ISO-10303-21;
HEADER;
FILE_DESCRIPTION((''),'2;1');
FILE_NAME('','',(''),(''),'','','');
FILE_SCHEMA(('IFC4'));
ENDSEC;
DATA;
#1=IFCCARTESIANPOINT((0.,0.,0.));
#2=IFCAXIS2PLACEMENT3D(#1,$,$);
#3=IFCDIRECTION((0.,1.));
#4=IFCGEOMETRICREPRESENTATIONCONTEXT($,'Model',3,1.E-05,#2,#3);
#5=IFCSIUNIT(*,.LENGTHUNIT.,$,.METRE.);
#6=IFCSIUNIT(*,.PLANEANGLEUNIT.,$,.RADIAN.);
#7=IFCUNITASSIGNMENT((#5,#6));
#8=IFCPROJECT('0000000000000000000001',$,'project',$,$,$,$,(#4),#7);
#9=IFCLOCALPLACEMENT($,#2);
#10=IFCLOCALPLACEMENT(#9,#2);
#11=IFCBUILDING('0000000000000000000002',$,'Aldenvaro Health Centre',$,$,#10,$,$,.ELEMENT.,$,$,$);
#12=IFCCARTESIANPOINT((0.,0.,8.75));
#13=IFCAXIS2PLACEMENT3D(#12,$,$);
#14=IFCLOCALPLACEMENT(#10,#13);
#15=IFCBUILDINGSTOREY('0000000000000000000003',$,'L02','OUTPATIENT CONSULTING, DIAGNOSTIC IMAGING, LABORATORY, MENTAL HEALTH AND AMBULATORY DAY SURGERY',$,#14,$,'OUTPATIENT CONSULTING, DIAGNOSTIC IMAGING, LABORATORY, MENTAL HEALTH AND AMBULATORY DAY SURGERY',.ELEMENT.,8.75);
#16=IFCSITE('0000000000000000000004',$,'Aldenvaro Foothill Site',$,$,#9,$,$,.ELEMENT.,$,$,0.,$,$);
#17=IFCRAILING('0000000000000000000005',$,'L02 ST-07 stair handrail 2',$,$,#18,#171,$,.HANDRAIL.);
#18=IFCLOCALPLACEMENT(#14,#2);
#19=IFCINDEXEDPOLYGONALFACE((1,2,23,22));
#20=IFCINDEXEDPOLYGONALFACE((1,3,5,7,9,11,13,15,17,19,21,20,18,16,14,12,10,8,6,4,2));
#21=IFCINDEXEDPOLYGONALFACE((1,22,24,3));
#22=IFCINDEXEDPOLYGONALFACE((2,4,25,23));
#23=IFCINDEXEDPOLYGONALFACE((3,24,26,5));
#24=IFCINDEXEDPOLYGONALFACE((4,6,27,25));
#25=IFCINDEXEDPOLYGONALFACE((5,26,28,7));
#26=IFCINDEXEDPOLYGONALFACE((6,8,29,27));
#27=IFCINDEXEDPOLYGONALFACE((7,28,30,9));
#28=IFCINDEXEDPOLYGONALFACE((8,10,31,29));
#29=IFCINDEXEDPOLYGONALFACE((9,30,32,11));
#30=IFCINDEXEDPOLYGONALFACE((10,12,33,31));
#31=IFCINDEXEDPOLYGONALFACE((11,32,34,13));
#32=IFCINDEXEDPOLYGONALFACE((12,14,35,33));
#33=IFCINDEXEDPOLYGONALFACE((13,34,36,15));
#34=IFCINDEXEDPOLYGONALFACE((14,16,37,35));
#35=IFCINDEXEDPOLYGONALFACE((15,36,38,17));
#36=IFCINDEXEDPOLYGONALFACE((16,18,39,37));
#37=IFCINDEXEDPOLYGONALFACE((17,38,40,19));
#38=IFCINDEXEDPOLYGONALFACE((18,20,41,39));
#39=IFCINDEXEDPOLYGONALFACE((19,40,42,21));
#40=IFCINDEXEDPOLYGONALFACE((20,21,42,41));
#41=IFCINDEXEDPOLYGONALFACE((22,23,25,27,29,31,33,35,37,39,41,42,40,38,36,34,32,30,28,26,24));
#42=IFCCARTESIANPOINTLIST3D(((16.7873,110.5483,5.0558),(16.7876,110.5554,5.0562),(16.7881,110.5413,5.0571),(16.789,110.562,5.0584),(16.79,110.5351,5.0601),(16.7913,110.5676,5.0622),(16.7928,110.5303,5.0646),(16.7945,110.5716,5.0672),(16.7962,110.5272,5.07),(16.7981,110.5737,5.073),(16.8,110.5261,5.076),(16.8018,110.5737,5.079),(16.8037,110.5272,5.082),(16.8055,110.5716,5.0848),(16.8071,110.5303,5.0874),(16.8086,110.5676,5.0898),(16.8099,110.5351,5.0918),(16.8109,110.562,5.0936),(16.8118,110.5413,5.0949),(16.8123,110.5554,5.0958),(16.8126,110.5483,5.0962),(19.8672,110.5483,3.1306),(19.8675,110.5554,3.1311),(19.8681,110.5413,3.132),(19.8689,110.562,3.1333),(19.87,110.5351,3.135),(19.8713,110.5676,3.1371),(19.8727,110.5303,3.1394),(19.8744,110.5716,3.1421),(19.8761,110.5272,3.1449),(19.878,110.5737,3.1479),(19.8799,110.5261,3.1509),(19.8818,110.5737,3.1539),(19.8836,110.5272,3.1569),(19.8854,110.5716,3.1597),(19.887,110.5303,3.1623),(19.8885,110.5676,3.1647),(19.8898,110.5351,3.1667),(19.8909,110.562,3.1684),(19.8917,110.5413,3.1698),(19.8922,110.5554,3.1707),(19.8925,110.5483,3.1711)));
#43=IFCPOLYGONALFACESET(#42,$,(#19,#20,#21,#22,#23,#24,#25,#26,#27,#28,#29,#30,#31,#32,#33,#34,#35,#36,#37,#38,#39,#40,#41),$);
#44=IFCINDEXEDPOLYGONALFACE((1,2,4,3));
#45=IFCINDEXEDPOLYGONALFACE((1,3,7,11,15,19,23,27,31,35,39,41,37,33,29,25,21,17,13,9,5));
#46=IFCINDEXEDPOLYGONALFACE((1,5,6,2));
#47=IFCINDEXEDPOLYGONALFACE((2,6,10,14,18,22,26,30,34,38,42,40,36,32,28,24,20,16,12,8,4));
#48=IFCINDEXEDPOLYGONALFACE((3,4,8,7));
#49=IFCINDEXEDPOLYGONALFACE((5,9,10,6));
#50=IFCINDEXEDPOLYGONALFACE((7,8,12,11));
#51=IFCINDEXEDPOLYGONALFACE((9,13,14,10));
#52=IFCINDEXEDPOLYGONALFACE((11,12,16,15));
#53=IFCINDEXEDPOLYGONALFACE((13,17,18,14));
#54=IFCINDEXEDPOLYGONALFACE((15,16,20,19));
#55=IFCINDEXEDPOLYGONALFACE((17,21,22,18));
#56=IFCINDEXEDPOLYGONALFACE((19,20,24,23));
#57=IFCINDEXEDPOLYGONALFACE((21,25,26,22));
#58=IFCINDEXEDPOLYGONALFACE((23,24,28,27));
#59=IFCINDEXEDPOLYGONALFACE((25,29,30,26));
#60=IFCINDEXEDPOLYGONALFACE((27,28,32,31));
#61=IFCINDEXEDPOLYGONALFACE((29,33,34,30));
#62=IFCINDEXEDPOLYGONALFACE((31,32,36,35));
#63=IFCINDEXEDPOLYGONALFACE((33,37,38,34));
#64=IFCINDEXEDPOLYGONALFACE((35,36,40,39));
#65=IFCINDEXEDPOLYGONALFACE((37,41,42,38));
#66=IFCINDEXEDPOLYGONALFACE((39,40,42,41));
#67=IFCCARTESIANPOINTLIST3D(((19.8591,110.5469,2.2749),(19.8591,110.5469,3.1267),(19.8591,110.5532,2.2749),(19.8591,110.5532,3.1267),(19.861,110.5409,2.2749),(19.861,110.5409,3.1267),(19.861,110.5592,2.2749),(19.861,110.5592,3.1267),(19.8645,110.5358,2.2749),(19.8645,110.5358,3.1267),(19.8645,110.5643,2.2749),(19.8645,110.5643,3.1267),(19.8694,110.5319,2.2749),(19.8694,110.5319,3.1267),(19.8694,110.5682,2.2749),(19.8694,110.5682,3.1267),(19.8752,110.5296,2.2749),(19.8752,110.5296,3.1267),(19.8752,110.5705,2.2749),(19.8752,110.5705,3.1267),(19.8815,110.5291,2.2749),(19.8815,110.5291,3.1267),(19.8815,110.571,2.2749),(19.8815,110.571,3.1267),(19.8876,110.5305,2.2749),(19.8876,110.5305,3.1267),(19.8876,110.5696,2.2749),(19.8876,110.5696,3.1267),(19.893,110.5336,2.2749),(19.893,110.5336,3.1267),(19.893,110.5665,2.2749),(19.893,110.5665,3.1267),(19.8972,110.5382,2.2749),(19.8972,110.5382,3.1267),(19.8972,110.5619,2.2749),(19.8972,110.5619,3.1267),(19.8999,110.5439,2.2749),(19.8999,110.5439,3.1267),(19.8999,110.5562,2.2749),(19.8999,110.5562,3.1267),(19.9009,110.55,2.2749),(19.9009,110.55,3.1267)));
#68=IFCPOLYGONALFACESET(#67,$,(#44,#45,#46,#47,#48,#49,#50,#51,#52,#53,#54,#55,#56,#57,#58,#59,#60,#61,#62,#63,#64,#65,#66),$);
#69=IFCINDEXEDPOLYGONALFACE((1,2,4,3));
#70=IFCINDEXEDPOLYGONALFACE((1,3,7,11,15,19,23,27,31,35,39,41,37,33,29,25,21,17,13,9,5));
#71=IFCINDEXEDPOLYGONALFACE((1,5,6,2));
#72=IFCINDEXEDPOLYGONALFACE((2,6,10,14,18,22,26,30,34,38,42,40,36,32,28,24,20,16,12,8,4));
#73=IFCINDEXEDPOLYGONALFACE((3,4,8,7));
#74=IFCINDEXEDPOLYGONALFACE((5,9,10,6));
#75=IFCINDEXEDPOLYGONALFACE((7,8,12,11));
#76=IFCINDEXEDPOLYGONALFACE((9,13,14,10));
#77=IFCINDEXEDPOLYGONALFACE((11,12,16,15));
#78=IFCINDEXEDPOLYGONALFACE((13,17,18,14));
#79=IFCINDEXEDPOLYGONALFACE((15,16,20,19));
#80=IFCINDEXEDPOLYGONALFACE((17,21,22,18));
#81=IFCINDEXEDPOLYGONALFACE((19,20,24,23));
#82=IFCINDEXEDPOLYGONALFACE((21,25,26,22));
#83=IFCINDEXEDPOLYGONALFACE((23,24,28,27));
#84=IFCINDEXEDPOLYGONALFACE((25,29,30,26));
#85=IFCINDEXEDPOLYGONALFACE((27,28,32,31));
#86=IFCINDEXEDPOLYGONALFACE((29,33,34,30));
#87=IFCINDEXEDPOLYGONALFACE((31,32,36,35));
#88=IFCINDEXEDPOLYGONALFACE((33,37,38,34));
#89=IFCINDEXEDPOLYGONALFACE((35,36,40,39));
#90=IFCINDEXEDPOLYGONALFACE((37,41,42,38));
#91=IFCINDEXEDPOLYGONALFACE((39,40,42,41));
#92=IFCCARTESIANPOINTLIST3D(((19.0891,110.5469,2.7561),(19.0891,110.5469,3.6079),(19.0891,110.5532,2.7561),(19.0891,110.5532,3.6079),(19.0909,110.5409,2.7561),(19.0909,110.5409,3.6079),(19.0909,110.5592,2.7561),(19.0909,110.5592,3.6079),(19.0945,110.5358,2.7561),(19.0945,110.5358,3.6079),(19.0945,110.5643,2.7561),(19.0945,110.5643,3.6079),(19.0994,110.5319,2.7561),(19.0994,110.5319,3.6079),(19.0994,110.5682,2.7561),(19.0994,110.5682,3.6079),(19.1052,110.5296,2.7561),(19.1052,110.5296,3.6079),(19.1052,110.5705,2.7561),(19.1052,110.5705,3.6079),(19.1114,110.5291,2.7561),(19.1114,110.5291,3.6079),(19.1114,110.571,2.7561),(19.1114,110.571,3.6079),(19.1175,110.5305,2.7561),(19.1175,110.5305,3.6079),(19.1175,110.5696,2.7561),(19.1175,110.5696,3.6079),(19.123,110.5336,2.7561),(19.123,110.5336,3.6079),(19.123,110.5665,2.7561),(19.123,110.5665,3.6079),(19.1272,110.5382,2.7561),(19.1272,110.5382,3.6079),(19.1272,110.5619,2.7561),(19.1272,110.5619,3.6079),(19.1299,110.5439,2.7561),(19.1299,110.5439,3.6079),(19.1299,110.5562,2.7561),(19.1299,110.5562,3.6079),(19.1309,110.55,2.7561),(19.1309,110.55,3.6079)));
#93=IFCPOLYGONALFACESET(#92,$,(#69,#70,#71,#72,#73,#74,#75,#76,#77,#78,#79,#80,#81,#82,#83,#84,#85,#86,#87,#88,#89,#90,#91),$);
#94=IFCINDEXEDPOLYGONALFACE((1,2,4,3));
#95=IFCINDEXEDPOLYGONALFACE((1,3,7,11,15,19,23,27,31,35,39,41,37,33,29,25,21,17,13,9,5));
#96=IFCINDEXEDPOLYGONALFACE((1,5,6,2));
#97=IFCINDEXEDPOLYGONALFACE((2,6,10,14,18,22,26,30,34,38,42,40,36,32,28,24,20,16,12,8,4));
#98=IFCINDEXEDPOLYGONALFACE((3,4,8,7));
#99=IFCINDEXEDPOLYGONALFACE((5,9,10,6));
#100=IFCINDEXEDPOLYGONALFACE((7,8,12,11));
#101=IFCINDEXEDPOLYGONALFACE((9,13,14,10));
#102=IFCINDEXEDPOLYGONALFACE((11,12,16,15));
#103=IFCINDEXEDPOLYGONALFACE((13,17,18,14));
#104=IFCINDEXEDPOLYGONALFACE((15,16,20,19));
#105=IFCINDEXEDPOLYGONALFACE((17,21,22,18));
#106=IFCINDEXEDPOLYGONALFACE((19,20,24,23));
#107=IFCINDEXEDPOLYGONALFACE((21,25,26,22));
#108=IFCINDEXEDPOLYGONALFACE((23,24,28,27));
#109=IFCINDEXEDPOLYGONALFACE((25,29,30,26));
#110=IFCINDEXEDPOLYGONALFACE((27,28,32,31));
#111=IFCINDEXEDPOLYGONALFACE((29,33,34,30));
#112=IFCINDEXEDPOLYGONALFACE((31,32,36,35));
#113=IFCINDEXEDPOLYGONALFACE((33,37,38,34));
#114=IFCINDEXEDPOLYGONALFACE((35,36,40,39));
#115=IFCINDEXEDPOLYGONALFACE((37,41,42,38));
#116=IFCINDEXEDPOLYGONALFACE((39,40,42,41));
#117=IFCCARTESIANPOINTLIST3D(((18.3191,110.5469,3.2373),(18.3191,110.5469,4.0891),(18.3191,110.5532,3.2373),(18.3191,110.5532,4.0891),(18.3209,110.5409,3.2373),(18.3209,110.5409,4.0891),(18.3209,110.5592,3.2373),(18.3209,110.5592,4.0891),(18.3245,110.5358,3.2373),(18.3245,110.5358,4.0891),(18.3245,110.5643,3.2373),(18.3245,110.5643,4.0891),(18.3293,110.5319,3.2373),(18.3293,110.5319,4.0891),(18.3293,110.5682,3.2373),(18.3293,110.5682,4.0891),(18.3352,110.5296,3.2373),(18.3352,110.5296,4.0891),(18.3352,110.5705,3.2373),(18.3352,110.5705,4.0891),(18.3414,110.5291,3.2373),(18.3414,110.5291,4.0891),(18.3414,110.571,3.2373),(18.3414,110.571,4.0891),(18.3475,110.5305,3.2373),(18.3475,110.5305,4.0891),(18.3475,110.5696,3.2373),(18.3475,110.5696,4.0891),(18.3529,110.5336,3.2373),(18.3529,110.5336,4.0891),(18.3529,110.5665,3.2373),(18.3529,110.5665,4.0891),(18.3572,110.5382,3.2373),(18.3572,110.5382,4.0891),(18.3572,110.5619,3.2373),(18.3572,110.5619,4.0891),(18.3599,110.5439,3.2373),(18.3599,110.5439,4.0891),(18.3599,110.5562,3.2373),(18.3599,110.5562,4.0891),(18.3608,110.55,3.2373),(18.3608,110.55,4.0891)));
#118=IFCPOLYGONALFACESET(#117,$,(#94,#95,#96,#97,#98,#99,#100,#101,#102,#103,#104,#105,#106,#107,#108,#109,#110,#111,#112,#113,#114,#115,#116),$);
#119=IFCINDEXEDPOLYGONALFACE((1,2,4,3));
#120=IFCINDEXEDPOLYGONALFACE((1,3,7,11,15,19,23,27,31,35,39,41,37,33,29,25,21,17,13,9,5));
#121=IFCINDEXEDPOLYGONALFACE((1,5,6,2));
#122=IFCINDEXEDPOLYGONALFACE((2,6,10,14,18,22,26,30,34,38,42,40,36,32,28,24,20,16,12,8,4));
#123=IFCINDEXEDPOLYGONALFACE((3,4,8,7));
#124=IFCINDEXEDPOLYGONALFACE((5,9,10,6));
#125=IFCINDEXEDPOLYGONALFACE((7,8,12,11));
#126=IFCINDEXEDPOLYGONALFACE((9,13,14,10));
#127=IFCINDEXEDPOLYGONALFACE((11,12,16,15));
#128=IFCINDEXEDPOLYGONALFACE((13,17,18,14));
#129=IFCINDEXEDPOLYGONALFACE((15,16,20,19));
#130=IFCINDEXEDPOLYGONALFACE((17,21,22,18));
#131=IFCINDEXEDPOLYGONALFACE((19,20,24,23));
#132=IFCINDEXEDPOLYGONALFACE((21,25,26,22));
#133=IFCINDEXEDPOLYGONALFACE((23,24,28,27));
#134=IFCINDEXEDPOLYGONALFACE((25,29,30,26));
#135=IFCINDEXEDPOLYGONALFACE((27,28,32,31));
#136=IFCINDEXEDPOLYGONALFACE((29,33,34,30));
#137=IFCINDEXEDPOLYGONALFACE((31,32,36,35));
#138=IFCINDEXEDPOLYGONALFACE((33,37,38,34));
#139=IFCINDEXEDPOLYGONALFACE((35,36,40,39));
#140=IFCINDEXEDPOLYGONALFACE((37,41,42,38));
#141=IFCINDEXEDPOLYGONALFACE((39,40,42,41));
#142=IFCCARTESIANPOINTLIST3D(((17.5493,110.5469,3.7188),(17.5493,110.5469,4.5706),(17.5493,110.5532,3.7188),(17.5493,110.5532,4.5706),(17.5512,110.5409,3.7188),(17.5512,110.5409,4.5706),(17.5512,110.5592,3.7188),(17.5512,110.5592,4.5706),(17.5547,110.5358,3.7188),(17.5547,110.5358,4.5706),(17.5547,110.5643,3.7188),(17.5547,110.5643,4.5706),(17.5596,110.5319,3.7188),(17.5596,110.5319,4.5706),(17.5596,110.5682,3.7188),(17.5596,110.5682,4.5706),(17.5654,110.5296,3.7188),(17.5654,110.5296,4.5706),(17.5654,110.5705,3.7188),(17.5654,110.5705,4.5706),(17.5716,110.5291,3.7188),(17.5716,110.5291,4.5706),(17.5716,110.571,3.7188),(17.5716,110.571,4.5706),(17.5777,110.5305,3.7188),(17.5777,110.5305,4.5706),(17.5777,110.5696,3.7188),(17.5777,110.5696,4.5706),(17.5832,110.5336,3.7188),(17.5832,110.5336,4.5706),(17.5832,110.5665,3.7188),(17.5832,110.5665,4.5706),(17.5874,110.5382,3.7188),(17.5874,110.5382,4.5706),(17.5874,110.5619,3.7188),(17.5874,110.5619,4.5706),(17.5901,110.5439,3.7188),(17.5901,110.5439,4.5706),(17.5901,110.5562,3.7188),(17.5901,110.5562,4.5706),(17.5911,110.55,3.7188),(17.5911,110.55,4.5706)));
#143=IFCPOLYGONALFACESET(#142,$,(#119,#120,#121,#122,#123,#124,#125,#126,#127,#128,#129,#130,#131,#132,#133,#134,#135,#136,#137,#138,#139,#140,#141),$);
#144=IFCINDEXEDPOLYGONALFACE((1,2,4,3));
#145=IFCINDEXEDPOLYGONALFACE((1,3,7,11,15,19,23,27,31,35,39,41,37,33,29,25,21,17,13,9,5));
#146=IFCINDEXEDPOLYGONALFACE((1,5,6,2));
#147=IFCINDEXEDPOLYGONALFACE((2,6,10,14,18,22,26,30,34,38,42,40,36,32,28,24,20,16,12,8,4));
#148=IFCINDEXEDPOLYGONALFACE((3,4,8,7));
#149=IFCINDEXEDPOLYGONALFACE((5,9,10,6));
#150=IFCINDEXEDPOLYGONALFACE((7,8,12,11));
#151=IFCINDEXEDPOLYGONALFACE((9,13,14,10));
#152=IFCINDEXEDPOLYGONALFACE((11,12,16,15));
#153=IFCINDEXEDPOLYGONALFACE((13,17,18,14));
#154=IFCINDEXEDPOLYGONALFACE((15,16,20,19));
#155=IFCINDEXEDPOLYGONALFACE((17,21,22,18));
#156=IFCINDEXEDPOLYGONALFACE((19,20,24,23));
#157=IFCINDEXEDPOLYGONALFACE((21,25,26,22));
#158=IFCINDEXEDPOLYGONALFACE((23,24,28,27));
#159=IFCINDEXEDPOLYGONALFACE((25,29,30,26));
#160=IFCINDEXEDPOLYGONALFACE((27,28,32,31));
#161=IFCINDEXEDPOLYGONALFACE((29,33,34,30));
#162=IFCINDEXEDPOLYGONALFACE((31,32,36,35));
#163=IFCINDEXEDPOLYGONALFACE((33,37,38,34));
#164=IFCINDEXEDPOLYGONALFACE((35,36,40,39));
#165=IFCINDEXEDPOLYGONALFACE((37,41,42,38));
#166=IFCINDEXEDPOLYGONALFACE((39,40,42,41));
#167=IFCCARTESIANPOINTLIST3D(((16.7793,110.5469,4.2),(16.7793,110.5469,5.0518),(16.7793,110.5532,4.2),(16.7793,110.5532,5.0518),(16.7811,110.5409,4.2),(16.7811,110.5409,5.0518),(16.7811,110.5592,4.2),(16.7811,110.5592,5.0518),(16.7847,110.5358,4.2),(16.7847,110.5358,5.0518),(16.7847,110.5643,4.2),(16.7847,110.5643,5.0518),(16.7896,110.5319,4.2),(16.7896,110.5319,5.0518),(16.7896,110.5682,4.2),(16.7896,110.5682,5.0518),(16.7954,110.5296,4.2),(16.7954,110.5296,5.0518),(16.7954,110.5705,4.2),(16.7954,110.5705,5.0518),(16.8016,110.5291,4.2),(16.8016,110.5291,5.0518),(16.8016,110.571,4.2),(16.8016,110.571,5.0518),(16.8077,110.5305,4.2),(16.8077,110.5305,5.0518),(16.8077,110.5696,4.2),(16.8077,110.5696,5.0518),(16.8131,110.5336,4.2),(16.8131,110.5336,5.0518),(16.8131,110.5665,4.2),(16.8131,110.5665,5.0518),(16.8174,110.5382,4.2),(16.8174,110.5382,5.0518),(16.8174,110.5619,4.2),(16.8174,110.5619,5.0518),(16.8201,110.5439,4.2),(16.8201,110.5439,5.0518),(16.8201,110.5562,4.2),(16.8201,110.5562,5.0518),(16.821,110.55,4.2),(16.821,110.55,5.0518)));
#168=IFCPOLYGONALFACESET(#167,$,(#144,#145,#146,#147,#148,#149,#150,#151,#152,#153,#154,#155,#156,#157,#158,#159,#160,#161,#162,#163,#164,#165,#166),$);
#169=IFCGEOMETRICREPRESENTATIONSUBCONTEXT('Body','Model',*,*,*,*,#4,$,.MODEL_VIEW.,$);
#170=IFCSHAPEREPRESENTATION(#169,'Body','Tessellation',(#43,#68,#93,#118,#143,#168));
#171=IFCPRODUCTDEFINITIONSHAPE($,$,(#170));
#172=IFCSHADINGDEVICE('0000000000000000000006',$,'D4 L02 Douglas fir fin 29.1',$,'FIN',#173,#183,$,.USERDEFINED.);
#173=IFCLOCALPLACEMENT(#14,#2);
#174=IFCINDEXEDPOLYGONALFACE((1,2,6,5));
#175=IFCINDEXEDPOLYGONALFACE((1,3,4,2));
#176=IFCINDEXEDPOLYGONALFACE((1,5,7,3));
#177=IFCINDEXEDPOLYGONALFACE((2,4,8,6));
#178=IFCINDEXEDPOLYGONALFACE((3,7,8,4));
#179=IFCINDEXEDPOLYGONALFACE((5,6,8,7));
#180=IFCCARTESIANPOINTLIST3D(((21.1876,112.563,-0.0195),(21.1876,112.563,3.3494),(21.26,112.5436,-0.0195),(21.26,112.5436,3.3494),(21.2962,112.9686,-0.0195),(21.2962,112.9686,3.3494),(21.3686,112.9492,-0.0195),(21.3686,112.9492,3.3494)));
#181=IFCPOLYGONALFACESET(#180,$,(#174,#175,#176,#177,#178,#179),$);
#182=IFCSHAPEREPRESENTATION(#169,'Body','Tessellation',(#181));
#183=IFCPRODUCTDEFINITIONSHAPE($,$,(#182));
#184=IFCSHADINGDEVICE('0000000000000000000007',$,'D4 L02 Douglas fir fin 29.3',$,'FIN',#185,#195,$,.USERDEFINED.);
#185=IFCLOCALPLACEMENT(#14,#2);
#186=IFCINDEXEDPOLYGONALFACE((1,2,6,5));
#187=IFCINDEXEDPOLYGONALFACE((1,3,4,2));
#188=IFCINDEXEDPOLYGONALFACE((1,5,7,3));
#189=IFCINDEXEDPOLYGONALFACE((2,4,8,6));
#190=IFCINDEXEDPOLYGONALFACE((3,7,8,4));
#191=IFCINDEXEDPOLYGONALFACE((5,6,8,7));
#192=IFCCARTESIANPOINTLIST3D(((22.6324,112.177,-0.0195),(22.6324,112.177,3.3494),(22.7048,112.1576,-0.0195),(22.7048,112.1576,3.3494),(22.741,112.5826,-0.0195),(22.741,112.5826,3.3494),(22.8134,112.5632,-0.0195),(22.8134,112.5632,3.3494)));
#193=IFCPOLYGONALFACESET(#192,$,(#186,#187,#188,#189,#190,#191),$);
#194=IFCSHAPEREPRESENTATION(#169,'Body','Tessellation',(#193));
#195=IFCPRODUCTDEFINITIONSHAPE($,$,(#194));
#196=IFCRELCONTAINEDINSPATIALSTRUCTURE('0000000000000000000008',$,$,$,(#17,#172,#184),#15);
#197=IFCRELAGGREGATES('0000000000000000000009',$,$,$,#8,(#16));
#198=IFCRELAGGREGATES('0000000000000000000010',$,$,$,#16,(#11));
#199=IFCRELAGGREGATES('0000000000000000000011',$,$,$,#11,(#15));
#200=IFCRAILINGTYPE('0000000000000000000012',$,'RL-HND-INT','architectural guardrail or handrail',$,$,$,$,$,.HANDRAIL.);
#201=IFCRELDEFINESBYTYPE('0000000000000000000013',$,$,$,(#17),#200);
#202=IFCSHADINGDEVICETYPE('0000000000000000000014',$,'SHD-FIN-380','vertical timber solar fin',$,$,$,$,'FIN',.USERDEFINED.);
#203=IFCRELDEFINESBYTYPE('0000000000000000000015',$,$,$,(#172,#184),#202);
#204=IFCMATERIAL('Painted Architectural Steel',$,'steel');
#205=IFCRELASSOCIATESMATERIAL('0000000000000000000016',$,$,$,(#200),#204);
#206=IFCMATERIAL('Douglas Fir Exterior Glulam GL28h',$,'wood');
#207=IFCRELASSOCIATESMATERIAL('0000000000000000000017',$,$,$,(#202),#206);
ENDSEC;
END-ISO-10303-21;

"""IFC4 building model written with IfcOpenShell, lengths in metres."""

from ifc_helpers import new_model, si_unit, direction, frame, origin, origin_2d, place, context, subcontext, project, spatial, rectangle, circle, extrude, material, type_object, element, save


model = new_model("IFC4")

# Units and contexts
model_context = context("Model", 3, precision=1e-05, world=origin(), true_north=direction((0.0, 1.0)))
body_context = subcontext(model_context, "Body", "Model", "MODEL_VIEW")
ifc_project = project(units=[si_unit("LENGTHUNIT", "METRE"), si_unit("PLANEANGLEUNIT", "RADIAN")], contexts=[model_context])

# Site, building, storey
site_placement = place(None, origin())
site = spatial("IfcSite", under=ifc_project, at=site_placement, Name="Aldenvaro Foothill Site", CompositionType="ELEMENT", RefElevation=0.0)
building_placement = place(site_placement, origin())
building = spatial("IfcBuilding", under=site, at=building_placement, Name="Aldenvaro Health Centre", CompositionType="ELEMENT")
storey_placement = place(building_placement, frame((0.0, 0.0, 8.75)))
storey = spatial("IfcBuildingStorey", under=building, at=storey_placement, Name="L02", Description="OUTPATIENT CONSULTING, DIAGNOSTIC IMAGING, LABORATORY, MENTAL HEALTH AND AMBULATORY DAY SURGERY", LongName="OUTPATIENT CONSULTING, DIAGNOSTIC IMAGING, LABORATORY, MENTAL HEALTH AND AMBULATORY DAY SURGERY", CompositionType="ELEMENT", Elevation=8.75)

# Railing
ifc_material_1 = material(Name="Painted Architectural Steel", Category="steel")
railing_type_1 = type_object("IfcRailingType", Name="RL-HND-INT", Description="architectural guardrail or handrail", PredefinedType="HANDRAIL", material=ifc_material_1)
railing_1_placement = place(storey_placement, frame((19.8799, 110.55, 2.2749)))
element("IfcRailing", 1, at=railing_1_placement, inside=storey, type_object=railing_type_1, Name="L02 ST-07 stair handrail 2", PredefinedType="HANDRAIL", context=body_context, shape_type="SweptSolid", body=[
    extrude(circle(Radius=0.0239, at=origin_2d()), frame((0.0, 0.0, 0.876), z_axis=(-0.847979, 0.0, 0.530029), x_axis=(0.0, -1.0, 0.0)), (0.0, 0.0, 1.0), 3.6321),
    extrude(circle(Radius=0.021, at=origin_2d()), origin(), (0.0, 0.0, 1.0), 0.8518),
    extrude(circle(Radius=0.021, at=origin_2d()), frame((-0.77, 0.0, 0.4812)), (0.0, 0.0, 1.0), 0.8518),
    extrude(circle(Radius=0.021, at=origin_2d()), frame((-1.54, 0.0, 0.9624)), (0.0, 0.0, 1.0), 0.8518),
    extrude(circle(Radius=0.021, at=origin_2d()), frame((-2.3098, 0.0, 1.4438)), (0.0, 0.0, 1.0), 0.8518),
    extrude(circle(Radius=0.021, at=origin_2d()), frame((-3.0798, 0.0, 1.925)), (0.0, 0.0, 1.0), 0.8518),
])

# Shading devices
ifc_material_2 = material(Name="Douglas Fir Exterior Glulam GL28h", Category="wood")
shading_device_type = type_object("IfcShadingDeviceType", Name="SHD-FIN-380", Description="vertical timber solar fin", ElementType="FIN", PredefinedType="USERDEFINED", material=ifc_material_2)
for number, where, z_axis, x_axis, name in (
    (2, (21.2781, 112.7561, -0.0195), (0.0, 0.0, 1.0), (0.965979, -0.258622, 0.0), "D4 L02 Douglas fir fin 29.1"),
    (3, (22.7229, 112.3701, -0.0195), (0.0, 0.0, 1.0), (0.965979, -0.258622, 0.0), "D4 L02 Douglas fir fin 29.3"),
):
    element("IfcShadingDevice", number, at=place(storey_placement, frame(where, z_axis=z_axis, x_axis=x_axis)), inside=storey, type_object=shading_device_type, Name=name, ObjectType="FIN", PredefinedType="USERDEFINED", context=body_context, shape_type="SweptSolid", body=[
        extrude(rectangle(XDim=0.075, YDim=0.4199, at=origin_2d()), origin(), (0.0, 0.0, 1.0), 3.3689),
    ])

save(model, "model.ifc")
